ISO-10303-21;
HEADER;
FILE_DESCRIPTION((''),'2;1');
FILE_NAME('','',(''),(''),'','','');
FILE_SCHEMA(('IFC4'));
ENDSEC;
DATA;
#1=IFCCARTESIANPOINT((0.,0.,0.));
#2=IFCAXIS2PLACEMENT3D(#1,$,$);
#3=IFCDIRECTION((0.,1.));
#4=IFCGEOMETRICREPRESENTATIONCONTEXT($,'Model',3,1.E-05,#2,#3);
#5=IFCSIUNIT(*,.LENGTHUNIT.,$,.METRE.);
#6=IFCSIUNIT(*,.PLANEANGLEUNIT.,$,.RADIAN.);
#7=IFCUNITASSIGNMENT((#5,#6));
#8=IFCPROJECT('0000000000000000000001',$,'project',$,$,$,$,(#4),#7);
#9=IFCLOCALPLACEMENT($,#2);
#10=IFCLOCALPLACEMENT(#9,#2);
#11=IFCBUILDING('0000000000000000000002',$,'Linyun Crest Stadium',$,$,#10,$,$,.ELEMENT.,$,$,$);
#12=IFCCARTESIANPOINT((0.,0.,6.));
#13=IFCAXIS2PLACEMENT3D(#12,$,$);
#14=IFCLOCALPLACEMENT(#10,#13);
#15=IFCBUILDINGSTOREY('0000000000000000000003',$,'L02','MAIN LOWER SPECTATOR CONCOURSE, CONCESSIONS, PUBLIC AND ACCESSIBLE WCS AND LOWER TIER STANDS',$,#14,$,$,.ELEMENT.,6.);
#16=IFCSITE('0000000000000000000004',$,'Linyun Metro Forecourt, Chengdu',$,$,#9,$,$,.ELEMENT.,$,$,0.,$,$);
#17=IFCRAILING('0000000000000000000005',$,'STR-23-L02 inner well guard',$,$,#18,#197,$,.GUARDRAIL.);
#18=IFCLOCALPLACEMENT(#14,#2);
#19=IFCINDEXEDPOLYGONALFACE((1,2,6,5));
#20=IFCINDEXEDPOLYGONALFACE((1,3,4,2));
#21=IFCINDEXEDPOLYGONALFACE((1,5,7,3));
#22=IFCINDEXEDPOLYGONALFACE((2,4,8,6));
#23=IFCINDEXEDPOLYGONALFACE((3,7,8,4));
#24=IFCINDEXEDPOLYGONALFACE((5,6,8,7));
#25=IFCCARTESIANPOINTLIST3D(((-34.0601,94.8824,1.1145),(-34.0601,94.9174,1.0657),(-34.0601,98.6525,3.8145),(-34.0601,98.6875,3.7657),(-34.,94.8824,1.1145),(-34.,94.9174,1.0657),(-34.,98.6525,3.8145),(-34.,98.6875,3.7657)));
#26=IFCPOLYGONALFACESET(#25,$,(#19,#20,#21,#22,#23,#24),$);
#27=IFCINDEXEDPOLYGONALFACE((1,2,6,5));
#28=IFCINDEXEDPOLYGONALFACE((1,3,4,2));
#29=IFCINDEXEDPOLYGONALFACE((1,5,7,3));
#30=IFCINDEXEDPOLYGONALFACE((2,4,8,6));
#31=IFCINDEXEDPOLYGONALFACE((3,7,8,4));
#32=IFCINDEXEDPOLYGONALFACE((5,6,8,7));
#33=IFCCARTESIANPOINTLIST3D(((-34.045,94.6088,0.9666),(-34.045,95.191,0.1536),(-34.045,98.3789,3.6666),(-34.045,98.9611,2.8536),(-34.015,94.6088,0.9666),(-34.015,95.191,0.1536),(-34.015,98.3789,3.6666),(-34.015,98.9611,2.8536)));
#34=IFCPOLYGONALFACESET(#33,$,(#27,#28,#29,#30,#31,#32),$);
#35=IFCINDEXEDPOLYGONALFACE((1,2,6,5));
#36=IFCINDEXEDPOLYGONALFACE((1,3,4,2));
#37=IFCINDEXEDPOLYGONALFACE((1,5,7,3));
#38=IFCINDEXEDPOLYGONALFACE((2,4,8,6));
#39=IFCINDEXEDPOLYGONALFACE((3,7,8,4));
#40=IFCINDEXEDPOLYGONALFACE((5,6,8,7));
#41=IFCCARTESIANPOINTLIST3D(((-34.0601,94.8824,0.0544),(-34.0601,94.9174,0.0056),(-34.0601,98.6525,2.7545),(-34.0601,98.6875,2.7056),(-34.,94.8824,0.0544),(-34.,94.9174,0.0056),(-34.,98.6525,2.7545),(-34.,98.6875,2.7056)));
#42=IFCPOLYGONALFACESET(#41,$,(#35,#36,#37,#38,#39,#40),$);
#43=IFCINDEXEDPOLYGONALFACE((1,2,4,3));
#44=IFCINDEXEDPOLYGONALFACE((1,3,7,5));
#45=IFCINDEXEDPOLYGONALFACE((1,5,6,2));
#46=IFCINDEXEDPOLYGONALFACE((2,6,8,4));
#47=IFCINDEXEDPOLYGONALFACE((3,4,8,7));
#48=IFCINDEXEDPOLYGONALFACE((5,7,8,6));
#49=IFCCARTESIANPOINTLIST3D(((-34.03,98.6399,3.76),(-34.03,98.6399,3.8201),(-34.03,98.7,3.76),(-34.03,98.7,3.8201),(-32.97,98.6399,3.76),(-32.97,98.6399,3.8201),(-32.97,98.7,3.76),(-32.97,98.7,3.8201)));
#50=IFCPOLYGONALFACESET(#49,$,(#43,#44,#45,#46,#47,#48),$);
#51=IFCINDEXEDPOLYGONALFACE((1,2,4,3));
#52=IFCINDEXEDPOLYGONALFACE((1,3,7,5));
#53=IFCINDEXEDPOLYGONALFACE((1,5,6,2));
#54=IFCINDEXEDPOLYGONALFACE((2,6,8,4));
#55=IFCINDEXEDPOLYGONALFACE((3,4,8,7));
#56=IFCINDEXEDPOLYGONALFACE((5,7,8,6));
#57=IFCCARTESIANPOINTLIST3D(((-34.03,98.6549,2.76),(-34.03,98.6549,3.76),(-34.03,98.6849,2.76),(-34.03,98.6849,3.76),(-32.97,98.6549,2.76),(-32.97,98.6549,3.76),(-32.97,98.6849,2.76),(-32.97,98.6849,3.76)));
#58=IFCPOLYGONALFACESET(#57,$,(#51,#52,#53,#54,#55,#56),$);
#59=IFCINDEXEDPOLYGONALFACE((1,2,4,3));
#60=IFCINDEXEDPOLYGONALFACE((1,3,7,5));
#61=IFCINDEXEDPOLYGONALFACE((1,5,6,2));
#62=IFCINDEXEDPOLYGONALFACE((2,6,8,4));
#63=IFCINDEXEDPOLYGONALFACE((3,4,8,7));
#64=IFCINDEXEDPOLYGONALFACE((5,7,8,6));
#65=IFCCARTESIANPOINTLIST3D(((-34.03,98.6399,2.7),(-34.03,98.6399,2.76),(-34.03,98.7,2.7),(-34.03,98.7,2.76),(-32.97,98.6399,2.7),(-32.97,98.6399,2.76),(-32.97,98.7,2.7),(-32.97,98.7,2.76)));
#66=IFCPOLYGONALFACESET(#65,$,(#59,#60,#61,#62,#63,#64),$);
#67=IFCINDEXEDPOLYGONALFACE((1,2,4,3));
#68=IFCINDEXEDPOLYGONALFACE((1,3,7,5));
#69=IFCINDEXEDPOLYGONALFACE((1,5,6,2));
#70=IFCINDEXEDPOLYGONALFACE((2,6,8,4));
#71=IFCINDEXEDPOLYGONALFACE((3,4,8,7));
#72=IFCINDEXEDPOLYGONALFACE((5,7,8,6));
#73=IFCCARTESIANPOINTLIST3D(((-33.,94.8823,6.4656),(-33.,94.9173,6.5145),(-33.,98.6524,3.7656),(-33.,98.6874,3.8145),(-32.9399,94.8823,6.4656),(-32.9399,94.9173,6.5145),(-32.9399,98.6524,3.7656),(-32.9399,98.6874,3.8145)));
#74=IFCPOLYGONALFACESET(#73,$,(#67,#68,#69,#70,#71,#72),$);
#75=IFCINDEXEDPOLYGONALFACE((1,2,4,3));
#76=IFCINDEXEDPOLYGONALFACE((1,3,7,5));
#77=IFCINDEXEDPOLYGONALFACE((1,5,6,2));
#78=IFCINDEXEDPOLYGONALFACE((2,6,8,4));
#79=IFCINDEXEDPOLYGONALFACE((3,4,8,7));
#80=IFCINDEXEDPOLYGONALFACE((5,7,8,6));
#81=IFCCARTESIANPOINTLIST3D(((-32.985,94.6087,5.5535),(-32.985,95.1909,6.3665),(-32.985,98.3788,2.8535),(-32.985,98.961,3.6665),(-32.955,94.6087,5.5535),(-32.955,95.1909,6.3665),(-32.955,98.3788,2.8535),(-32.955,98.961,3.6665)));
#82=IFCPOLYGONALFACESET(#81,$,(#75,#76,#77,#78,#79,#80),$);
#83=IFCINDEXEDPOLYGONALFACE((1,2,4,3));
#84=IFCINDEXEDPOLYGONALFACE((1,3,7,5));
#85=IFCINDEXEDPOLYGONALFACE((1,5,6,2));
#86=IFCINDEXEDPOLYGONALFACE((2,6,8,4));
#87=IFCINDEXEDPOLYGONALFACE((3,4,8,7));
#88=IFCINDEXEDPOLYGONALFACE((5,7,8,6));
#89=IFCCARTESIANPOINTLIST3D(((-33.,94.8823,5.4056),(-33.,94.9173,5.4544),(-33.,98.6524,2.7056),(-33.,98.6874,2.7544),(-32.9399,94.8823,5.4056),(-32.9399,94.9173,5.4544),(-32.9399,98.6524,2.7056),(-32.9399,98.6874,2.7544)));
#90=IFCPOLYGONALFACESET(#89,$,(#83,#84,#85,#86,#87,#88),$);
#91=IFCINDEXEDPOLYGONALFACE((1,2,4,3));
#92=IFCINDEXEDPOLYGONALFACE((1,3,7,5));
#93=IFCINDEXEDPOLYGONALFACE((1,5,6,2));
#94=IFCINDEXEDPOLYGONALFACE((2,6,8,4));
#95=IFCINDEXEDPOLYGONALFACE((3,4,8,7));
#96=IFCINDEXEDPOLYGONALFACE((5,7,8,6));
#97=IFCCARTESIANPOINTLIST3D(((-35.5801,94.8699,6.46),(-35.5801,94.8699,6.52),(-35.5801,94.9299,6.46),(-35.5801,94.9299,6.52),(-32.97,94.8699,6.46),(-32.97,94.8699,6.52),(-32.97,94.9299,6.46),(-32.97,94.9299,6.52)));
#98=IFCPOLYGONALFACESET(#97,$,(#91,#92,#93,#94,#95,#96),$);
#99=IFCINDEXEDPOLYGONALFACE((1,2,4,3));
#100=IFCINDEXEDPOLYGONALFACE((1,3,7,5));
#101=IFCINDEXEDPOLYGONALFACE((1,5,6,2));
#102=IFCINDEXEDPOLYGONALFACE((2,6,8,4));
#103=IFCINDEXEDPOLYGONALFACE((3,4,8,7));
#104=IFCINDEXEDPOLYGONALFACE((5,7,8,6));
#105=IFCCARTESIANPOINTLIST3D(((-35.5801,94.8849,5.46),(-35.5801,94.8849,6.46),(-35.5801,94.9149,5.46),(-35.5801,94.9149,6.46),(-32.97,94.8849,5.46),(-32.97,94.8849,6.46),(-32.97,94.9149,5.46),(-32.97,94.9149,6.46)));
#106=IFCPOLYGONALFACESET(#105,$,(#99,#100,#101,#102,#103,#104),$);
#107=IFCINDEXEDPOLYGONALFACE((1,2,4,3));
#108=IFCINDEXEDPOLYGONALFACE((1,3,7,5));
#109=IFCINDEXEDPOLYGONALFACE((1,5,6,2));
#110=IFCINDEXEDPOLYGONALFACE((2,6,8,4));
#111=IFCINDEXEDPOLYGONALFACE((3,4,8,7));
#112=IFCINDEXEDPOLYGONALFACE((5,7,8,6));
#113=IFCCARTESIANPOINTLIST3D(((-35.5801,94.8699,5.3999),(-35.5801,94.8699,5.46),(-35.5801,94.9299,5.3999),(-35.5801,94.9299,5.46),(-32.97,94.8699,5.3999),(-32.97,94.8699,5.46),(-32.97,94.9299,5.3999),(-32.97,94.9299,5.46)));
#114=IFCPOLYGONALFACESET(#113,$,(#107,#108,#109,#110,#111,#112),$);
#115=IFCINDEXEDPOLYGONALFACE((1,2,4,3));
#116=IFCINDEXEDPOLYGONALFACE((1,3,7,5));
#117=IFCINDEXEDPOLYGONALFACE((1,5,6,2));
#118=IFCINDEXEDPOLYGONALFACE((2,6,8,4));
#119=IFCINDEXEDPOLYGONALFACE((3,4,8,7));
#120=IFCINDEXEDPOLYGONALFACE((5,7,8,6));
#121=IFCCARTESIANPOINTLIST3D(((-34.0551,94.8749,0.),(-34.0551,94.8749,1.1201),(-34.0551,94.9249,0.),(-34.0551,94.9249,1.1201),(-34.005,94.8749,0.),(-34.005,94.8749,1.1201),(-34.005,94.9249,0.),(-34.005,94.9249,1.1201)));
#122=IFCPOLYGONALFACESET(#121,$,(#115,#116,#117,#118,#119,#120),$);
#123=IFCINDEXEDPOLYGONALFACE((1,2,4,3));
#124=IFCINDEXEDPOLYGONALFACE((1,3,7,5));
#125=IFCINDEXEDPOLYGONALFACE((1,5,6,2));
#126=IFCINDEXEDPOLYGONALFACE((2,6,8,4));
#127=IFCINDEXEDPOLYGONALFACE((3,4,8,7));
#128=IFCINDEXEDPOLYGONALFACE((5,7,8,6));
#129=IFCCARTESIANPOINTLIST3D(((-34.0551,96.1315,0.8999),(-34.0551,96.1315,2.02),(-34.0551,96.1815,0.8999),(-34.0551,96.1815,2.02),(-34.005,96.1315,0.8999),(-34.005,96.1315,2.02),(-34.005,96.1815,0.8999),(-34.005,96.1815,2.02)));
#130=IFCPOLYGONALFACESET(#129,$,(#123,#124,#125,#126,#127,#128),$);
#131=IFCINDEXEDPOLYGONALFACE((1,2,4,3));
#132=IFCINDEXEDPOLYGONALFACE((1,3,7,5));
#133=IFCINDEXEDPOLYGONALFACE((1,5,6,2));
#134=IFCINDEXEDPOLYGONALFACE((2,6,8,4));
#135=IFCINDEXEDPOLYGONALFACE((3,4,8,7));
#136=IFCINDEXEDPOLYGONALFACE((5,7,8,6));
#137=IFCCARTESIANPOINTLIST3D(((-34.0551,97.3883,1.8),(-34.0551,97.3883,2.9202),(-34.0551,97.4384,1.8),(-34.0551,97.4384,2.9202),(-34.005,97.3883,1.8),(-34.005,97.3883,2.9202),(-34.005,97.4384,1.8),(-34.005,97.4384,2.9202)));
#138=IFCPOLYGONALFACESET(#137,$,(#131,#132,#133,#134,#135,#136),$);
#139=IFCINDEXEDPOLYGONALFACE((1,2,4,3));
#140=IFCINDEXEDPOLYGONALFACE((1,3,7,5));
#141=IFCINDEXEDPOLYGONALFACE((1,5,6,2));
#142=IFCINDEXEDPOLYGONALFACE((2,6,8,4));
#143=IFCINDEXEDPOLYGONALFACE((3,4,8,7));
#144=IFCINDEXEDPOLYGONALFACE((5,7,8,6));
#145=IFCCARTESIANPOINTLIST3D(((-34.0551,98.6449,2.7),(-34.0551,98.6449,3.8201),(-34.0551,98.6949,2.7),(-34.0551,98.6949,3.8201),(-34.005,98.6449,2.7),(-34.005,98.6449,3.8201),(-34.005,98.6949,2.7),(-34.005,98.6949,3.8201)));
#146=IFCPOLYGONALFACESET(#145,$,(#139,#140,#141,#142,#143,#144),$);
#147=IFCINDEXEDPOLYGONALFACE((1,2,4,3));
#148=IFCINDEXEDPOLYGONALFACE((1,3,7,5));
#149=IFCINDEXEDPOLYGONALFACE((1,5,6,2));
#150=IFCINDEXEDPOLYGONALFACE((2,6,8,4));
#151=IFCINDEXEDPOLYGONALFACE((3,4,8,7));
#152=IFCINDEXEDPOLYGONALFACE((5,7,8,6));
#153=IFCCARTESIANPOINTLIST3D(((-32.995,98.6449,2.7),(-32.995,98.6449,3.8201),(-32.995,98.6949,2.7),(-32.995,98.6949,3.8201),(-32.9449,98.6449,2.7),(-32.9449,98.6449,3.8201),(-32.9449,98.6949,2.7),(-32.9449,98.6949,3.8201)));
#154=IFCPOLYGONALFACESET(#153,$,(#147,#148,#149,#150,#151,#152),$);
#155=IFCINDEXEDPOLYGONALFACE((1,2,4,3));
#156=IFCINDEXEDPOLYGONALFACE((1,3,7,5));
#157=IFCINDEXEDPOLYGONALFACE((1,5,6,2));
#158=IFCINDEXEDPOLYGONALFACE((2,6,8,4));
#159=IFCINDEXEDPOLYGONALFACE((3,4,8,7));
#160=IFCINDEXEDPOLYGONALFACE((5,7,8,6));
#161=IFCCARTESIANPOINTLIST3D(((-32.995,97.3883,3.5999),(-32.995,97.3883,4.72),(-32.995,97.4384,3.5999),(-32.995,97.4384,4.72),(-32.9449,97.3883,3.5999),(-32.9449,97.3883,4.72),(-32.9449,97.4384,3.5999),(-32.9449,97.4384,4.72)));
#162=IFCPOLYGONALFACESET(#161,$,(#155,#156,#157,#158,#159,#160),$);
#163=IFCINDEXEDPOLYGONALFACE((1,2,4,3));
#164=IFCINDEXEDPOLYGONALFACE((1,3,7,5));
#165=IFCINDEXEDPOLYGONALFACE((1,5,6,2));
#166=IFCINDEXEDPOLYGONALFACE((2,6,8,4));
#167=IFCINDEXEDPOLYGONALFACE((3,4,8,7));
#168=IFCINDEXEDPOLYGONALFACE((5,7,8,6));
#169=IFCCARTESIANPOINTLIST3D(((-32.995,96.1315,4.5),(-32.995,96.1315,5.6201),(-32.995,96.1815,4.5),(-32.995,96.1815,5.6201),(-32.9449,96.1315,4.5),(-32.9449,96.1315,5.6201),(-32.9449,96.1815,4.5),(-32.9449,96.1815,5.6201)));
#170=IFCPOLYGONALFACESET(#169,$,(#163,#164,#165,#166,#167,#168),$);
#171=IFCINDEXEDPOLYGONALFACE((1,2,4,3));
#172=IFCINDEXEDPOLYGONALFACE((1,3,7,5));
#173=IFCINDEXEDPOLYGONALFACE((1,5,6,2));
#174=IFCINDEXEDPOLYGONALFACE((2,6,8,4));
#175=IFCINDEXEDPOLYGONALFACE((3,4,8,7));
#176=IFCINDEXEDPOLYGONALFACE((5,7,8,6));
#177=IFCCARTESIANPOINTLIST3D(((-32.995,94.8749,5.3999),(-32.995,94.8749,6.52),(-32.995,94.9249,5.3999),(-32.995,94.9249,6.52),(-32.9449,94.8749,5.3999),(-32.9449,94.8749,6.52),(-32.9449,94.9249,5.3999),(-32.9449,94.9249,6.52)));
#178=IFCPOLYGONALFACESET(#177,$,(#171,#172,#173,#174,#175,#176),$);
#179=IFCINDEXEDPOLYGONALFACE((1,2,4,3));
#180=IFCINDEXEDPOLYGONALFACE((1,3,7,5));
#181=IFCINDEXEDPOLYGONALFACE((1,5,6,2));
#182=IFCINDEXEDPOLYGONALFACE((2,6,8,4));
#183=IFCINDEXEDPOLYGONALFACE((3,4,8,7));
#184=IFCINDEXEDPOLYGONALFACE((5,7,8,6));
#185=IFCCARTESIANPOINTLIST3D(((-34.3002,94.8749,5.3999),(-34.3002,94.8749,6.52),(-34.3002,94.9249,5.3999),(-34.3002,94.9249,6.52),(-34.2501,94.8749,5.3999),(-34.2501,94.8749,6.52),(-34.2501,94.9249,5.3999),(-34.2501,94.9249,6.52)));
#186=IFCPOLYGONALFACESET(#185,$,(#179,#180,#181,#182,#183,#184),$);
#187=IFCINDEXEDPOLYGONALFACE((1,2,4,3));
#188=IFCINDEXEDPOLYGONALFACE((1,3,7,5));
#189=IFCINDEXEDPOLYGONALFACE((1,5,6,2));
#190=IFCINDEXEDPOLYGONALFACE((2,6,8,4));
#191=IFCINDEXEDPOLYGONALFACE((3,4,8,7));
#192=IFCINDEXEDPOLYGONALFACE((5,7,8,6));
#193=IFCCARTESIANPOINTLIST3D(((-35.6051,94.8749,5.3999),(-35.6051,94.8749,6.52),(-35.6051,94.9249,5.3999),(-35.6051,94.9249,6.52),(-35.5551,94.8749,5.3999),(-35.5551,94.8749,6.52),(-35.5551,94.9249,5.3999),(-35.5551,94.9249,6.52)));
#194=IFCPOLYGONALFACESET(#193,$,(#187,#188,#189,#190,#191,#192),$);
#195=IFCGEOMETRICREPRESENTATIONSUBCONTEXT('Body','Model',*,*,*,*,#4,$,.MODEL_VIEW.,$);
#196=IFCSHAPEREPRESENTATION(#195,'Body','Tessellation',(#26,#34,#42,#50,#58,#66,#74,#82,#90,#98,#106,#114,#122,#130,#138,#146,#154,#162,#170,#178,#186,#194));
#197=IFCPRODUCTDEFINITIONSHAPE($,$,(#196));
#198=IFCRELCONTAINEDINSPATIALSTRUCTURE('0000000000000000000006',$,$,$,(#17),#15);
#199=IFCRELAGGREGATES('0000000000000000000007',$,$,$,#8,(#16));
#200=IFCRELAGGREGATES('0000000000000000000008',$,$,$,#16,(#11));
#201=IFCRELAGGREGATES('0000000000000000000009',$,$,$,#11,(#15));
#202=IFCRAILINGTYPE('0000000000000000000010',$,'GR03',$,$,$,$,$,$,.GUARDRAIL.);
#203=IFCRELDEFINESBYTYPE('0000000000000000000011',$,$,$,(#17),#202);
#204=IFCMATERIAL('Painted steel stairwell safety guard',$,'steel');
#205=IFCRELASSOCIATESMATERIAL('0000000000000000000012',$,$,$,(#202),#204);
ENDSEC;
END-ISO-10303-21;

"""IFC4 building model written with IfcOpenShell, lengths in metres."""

from ifc_helpers import new_model, si_unit, direction, frame, origin, origin_2d, place, context, subcontext, project, spatial, rectangle, extrude, material, type_object, element, save


model = new_model("IFC4")

# Units and contexts
model_context = context("Model", 3, precision=1e-05, world=origin(), true_north=direction((0.0, 1.0)))
body_context = subcontext(model_context, "Body", "Model", "MODEL_VIEW")
ifc_project = project(units=[si_unit("LENGTHUNIT", "METRE"), si_unit("PLANEANGLEUNIT", "RADIAN")], contexts=[model_context])

# Site, building, storey
site_placement = place(None, origin())
site = spatial("IfcSite", under=ifc_project, at=site_placement, Name="Linyun Metro Forecourt, Chengdu", CompositionType="ELEMENT", RefElevation=0.0)
building_placement = place(site_placement, origin())
building = spatial("IfcBuilding", under=site, at=building_placement, Name="Linyun Crest Stadium", CompositionType="ELEMENT")
storey_placement = place(building_placement, frame((0.0, 0.0, 6.0)))
storey = spatial("IfcBuildingStorey", under=building, at=storey_placement, Name="L02", Description="MAIN LOWER SPECTATOR CONCOURSE, CONCESSIONS, PUBLIC AND ACCESSIBLE WCS AND LOWER TIER STANDS", CompositionType="ELEMENT", Elevation=6.0)

# Railing
ifc_material_1 = material(Name="Painted steel stairwell safety guard", Category="steel")
railing_type_1 = type_object("IfcRailingType", Name="GR03", PredefinedType="GUARDRAIL", material=ifc_material_1)
railing_1_placement = place(storey_placement, frame((-34.03, 94.8999, 0.0)))
element("IfcRailing", 1, at=railing_1_placement, inside=storey, type_object=railing_type_1, Name="STR-23-L02 inner well guard", PredefinedType="GUARDRAIL", context=body_context, shape_type="SweptSolid", body=[
    extrude(rectangle(XDim=0.0601, YDim=0.0601, at=origin_2d()), frame((0.0, 0.0, 1.0901), z_axis=(0.0, 0.813011, 0.582249), x_axis=(-1.0, 0.0, 0.0)), (0.0, 0.0, 1.0), 4.6372),
    extrude(rectangle(XDim=0.03, YDim=1.0, at=origin_2d()), frame((0.0, 0.0, 0.5601), z_axis=(0.0, 0.813011, 0.582249), x_axis=(-1.0, 0.0, 0.0)), (0.0, 0.0, 1.0), 4.6372),
    extrude(rectangle(XDim=0.0601, YDim=0.0601, at=origin_2d()), frame((0.0, 0.0, 0.03), z_axis=(0.0, 0.813011, 0.582249), x_axis=(-1.0, 0.0, 0.0)), (0.0, 0.0, 1.0), 4.6372),
    extrude(rectangle(XDim=0.0601, YDim=0.0601, at=origin_2d()), frame((0.0, 3.77, 3.79), z_axis=(1.0, 0.0, 0.0), x_axis=(0.0, 1.0, 0.0)), (0.0, 0.0, 1.0), 1.0601),
    extrude(rectangle(XDim=0.03, YDim=1.0, at=origin_2d()), frame((0.0, 3.77, 3.26), z_axis=(1.0, 0.0, 0.0), x_axis=(0.0, 1.0, 0.0)), (0.0, 0.0, 1.0), 1.0601),
    extrude(rectangle(XDim=0.0601, YDim=0.0601, at=origin_2d()), frame((0.0, 3.77, 2.73), z_axis=(1.0, 0.0, 0.0), x_axis=(0.0, 1.0, 0.0)), (0.0, 0.0, 1.0), 1.0601),
    extrude(rectangle(XDim=0.0601, YDim=0.0601, at=origin_2d()), frame((1.0601, 3.77, 3.79), z_axis=(0.0, -0.813011, 0.582249), x_axis=(1.0, 0.0, 0.0)), (0.0, 0.0, 1.0), 4.6372),
    extrude(rectangle(XDim=0.03, YDim=1.0, at=origin_2d()), frame((1.0601, 3.77, 3.26), z_axis=(0.0, -0.813011, 0.582249), x_axis=(1.0, 0.0, 0.0)), (0.0, 0.0, 1.0), 4.6372),
    extrude(rectangle(XDim=0.0601, YDim=0.0601, at=origin_2d()), frame((1.0601, 3.77, 2.73), z_axis=(0.0, -0.813011, 0.582249), x_axis=(1.0, 0.0, 0.0)), (0.0, 0.0, 1.0), 4.6372),
    extrude(rectangle(XDim=0.0601, YDim=0.0601, at=origin_2d()), frame((1.0601, 0.0, 6.49), z_axis=(-1.0, 0.0, 0.0), x_axis=(0.0, -1.0, 0.0)), (0.0, 0.0, 1.0), 2.6101),
    extrude(rectangle(XDim=0.03, YDim=1.0, at=origin_2d()), frame((1.0601, 0.0, 5.96), z_axis=(-1.0, 0.0, 0.0), x_axis=(0.0, -1.0, 0.0)), (0.0, 0.0, 1.0), 2.6101),
    extrude(rectangle(XDim=0.0601, YDim=0.0601, at=origin_2d()), frame((1.0601, 0.0, 5.4299), z_axis=(-1.0, 0.0, 0.0), x_axis=(0.0, -1.0, 0.0)), (0.0, 0.0, 1.0), 2.6101),
    extrude(rectangle(XDim=0.05, YDim=0.05, at=origin_2d()), origin(), (0.0, 0.0, 1.0), 1.1201),
    extrude(rectangle(XDim=0.05, YDim=0.05, at=origin_2d()), frame((0.0, 1.2566, 0.8999)), (0.0, 0.0, 1.0), 1.1201),
    extrude(rectangle(XDim=0.05, YDim=0.05, at=origin_2d()), frame((0.0, 2.5134, 1.8)), (0.0, 0.0, 1.0), 1.1201),
    extrude(rectangle(XDim=0.05, YDim=0.05, at=origin_2d()), frame((0.0, 3.77, 2.7)), (0.0, 0.0, 1.0), 1.1201),
    extrude(rectangle(XDim=0.05, YDim=0.05, at=origin_2d()), frame((1.0601, 3.77, 2.7)), (0.0, 0.0, 1.0), 1.1201),
    extrude(rectangle(XDim=0.05, YDim=0.05, at=origin_2d()), frame((1.0601, 2.5134, 3.5999)), (0.0, 0.0, 1.0), 1.1201),
    extrude(rectangle(XDim=0.05, YDim=0.05, at=origin_2d()), frame((1.0601, 1.2566, 4.5)), (0.0, 0.0, 1.0), 1.1201),
    extrude(rectangle(XDim=0.05, YDim=0.05, at=origin_2d()), frame((1.0601, 0.0, 5.3999)), (0.0, 0.0, 1.0), 1.1201),
    extrude(rectangle(XDim=0.05, YDim=0.05, at=origin_2d()), frame((-0.2451, 0.0, 5.3999)), (0.0, 0.0, 1.0), 1.1201),
    extrude(rectangle(XDim=0.05, YDim=0.05, at=origin_2d()), frame((-1.55, 0.0, 5.3999)), (0.0, 0.0, 1.0), 1.1201),
])

save(model, "model.ifc")
